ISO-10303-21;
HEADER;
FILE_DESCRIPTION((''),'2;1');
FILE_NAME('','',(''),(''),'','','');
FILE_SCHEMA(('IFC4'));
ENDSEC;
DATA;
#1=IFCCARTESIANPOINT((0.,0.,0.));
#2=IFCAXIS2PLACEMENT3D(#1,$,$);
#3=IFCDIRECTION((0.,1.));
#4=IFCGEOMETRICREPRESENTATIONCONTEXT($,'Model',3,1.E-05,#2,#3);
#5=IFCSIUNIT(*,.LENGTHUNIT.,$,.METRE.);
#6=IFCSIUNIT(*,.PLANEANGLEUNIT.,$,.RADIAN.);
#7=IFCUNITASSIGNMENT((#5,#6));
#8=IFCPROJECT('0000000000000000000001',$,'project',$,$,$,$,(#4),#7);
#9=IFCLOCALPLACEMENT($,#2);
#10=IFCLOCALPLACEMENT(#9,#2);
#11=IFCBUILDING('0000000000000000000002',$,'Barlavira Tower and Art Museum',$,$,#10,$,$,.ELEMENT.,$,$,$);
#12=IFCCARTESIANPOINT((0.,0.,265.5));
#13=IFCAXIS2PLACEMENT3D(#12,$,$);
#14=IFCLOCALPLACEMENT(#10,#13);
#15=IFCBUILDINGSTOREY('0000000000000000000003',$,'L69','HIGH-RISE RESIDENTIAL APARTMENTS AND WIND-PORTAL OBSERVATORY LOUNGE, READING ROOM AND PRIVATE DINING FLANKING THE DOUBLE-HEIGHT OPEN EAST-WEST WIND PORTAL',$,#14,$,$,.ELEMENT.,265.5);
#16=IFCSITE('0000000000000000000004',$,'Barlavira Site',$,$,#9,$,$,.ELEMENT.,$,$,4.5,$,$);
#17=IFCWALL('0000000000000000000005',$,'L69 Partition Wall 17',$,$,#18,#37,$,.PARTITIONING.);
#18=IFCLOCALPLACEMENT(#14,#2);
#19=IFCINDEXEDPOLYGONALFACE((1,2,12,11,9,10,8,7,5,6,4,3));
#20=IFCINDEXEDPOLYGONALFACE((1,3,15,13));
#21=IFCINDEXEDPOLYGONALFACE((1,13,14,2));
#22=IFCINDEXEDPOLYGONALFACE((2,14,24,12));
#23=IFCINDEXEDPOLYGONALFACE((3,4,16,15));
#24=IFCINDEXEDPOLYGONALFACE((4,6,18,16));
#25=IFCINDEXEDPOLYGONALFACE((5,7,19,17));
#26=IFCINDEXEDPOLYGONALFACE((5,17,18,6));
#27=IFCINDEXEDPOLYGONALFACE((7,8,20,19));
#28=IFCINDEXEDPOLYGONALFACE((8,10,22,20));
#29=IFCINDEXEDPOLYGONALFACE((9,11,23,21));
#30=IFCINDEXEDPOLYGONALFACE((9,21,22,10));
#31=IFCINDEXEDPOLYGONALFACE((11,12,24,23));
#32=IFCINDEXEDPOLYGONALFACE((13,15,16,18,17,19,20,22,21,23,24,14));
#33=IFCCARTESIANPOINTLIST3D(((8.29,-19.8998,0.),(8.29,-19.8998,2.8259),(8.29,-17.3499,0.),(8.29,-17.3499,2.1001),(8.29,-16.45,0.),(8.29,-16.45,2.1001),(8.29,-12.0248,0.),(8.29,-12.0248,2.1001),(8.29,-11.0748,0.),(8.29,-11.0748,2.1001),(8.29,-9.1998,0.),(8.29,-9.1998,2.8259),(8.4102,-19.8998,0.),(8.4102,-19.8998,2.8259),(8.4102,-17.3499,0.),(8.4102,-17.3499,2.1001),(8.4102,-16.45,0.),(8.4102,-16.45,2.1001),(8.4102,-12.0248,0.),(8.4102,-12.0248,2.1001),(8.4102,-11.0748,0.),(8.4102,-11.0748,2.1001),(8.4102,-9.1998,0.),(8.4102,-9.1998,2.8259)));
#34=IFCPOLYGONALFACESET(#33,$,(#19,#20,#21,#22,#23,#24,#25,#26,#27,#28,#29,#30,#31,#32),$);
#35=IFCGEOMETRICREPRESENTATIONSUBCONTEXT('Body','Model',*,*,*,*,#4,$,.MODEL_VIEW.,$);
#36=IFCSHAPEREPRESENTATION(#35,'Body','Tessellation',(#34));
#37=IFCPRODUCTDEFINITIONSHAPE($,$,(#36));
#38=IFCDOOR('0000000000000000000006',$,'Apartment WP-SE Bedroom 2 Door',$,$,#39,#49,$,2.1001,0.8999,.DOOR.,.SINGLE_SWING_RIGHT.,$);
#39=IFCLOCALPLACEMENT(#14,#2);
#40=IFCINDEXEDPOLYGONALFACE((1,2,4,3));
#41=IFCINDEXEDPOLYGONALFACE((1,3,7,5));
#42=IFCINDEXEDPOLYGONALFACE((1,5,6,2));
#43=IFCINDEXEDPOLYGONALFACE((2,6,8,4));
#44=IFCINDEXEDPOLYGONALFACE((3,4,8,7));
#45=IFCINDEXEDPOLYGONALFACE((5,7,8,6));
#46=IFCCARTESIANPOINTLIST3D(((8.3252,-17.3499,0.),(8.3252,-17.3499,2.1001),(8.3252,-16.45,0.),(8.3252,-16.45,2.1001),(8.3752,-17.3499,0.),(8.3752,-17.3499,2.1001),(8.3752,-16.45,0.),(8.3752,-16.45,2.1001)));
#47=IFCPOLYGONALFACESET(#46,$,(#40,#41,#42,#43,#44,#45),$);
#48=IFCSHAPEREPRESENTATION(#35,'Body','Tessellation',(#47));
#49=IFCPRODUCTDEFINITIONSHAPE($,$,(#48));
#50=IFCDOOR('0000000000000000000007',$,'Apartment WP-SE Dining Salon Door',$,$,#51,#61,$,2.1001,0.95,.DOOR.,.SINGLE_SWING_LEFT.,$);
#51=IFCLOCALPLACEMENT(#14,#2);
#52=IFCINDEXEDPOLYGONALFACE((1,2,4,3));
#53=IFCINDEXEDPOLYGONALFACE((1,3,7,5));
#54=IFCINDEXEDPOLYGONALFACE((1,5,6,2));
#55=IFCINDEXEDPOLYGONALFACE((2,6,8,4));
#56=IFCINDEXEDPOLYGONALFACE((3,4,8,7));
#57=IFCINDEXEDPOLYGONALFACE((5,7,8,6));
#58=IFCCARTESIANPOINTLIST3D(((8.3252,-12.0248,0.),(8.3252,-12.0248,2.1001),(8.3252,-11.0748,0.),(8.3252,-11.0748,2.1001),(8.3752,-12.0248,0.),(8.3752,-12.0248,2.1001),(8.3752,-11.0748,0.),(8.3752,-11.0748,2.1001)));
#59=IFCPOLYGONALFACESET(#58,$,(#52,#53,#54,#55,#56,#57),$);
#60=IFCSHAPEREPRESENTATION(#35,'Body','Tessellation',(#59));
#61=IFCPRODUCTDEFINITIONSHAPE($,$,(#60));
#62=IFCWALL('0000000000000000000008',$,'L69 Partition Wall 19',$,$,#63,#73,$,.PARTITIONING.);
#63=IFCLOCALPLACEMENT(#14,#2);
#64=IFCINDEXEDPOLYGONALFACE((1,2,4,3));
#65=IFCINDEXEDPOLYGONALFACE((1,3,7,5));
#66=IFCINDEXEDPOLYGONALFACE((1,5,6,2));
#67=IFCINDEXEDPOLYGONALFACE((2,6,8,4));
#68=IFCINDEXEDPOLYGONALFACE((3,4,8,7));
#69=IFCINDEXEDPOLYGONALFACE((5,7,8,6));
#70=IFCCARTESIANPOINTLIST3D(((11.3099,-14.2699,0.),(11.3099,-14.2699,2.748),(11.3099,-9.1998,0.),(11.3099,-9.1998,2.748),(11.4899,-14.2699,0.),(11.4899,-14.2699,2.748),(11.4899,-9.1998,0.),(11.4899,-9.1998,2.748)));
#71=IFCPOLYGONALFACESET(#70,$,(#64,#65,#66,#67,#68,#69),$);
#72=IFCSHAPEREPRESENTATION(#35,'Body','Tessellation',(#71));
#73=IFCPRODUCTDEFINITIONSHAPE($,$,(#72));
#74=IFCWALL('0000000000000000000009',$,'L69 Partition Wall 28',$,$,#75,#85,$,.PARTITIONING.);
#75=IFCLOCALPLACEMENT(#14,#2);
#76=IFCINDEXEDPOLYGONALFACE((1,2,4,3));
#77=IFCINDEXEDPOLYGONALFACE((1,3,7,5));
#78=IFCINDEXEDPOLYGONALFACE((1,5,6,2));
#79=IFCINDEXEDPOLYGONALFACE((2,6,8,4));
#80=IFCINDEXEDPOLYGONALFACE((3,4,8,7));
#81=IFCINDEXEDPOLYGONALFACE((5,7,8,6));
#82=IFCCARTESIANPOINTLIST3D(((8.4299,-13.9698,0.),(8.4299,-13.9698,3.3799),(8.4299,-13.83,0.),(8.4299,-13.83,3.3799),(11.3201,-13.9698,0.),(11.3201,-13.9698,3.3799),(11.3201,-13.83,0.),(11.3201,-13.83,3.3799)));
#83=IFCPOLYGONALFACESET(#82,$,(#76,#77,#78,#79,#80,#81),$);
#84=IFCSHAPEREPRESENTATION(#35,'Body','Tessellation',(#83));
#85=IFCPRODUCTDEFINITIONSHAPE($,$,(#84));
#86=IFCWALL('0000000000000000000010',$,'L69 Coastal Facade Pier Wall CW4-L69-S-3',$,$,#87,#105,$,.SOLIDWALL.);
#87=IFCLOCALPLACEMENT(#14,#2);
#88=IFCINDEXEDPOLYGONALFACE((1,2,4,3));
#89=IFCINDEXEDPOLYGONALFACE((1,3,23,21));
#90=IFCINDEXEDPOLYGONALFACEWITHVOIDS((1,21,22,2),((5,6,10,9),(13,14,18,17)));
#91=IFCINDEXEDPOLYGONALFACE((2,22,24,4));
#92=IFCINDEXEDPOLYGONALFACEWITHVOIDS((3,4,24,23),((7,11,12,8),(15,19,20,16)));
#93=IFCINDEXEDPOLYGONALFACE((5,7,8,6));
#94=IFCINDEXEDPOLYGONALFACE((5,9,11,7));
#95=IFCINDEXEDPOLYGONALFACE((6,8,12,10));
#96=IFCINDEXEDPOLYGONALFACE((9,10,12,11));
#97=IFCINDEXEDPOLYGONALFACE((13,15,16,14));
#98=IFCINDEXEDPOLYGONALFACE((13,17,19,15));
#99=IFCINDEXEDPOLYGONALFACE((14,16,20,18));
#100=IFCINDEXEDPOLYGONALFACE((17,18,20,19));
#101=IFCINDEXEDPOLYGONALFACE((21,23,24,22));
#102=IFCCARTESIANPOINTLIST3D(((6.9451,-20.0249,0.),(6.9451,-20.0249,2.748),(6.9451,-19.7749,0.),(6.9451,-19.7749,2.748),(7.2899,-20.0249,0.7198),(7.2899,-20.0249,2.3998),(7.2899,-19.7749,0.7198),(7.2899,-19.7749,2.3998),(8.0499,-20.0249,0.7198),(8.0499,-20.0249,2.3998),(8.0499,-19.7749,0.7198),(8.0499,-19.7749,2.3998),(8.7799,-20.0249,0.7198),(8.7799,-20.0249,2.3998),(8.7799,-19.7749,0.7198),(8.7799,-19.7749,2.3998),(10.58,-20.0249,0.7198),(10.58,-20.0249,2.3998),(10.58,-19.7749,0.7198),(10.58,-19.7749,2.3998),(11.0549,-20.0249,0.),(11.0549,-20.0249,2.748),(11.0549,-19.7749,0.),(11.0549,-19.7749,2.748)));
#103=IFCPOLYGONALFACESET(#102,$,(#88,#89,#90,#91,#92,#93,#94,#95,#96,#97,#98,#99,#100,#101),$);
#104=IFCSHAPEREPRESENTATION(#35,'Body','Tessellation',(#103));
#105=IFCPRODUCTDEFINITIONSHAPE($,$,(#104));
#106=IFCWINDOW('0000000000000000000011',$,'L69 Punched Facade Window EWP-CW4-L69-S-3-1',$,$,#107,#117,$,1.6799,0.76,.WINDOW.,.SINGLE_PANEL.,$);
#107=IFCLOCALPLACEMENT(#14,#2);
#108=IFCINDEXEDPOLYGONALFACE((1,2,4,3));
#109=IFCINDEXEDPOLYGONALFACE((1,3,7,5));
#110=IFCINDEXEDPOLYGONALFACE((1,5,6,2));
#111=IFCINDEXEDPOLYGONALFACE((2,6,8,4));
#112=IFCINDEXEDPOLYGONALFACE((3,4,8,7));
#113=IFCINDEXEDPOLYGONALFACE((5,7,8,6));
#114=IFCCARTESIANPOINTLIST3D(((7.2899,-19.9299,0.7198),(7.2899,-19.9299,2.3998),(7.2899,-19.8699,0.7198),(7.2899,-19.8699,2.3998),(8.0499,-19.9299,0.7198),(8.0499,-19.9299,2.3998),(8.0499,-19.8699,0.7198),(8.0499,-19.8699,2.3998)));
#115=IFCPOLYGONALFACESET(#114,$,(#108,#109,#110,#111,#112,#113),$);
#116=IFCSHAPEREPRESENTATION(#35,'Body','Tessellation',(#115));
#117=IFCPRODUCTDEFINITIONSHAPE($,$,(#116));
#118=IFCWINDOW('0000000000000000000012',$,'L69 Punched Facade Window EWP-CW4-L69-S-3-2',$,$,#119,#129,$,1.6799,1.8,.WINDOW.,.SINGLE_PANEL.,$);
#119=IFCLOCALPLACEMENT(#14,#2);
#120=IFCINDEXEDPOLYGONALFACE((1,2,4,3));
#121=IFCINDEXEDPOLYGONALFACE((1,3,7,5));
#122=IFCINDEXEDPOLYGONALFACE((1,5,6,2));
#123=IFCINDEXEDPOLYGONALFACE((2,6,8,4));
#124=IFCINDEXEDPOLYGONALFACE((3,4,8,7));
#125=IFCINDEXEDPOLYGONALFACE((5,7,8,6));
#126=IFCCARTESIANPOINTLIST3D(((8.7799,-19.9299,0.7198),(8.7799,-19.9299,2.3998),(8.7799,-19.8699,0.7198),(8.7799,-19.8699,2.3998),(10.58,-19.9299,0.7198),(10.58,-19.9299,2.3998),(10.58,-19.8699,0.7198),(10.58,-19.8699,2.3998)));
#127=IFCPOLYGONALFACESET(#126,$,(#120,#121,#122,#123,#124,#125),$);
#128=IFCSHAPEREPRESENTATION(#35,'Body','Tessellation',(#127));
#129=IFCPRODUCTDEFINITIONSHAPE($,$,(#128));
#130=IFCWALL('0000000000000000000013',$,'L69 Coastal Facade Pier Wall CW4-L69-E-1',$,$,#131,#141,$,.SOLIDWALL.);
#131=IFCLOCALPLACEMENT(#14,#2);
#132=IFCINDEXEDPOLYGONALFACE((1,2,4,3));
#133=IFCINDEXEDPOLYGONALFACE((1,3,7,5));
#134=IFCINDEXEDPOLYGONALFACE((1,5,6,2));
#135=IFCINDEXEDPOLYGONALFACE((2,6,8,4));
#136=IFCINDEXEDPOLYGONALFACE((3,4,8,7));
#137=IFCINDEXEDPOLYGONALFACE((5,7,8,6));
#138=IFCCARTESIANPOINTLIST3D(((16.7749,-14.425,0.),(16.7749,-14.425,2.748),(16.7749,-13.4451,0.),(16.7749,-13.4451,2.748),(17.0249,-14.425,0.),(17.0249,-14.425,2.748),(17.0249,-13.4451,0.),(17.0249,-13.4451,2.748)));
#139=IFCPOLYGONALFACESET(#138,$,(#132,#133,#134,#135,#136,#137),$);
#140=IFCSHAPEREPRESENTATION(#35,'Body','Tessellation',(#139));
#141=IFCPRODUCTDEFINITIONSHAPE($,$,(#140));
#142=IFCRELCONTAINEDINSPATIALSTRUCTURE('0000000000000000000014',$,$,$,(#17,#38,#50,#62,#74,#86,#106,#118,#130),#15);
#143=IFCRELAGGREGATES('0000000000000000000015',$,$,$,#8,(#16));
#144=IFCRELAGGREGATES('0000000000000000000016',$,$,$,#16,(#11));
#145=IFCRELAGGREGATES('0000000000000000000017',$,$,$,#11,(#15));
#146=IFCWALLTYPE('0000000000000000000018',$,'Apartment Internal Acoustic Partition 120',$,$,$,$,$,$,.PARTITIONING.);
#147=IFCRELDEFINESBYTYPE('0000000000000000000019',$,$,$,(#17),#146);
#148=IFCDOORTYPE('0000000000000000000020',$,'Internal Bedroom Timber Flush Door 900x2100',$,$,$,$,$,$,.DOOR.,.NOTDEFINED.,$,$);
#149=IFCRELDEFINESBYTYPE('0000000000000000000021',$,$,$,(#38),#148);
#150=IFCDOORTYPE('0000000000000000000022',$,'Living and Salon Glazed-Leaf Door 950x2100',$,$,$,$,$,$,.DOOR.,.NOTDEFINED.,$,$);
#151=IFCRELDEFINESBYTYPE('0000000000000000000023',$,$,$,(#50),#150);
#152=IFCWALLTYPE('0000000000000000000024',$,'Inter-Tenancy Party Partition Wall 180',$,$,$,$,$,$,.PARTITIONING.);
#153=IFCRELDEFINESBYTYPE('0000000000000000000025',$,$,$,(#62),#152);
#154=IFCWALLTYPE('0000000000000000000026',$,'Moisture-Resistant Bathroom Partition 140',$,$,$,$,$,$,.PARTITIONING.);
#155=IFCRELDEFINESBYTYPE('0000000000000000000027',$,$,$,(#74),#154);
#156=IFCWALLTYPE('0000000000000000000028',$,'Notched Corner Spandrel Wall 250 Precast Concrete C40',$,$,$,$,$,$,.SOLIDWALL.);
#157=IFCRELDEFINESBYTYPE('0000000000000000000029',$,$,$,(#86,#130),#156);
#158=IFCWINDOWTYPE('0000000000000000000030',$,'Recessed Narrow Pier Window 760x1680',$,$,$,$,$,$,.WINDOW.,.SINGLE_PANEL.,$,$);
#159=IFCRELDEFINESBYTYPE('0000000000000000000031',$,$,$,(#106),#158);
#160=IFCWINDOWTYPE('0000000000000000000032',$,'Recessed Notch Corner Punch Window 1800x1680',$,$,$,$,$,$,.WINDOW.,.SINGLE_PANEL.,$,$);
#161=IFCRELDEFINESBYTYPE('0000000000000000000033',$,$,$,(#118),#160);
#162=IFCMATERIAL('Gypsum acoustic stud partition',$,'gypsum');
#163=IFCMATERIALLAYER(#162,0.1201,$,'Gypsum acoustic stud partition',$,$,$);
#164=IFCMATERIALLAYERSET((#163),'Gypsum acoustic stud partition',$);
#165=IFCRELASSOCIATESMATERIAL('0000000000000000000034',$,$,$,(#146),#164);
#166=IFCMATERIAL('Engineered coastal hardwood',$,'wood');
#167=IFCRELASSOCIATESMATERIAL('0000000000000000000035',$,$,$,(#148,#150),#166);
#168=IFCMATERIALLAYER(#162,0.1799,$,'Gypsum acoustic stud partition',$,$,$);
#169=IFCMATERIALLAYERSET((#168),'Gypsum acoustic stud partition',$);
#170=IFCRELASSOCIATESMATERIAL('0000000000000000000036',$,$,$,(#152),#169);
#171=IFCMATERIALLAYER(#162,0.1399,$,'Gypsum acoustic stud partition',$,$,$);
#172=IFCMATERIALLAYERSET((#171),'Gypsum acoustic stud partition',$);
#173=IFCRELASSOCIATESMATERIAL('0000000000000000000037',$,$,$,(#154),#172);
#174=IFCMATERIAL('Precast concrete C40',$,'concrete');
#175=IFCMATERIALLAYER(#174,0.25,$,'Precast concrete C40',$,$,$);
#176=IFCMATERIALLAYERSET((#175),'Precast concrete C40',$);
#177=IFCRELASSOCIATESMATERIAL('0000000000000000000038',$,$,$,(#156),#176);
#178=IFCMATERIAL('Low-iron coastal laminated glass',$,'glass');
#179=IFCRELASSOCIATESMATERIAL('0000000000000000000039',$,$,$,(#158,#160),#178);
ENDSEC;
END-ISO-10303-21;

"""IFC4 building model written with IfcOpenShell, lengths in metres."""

from ifc_helpers import new_model, si_unit, direction, frame, frame_2d, origin, place, context, subcontext, project, spatial, rectangle, extrude, material, layer, layer_set, type_object, element, fill, save


model = new_model("IFC4")

# Units and contexts
model_context = context("Model", 3, precision=1e-05, world=origin(), true_north=direction((0.0, 1.0)))
body_context = subcontext(model_context, "Body", "Model", "MODEL_VIEW")
ifc_project = project(units=[si_unit("LENGTHUNIT", "METRE"), si_unit("PLANEANGLEUNIT", "RADIAN")], contexts=[model_context])

# Site, building, storey
site_placement = place(None, origin())
site = spatial("IfcSite", under=ifc_project, at=site_placement, Name="Barlavira Site", CompositionType="ELEMENT", RefElevation=4.5)
building_placement = place(site_placement, origin())
building = spatial("IfcBuilding", under=site, at=building_placement, Name="Barlavira Tower and Art Museum", CompositionType="ELEMENT")
storey_placement = place(building_placement, frame((0.0, 0.0, 265.5)))
storey = spatial("IfcBuildingStorey", under=building, at=storey_placement, Name="L69", Description="HIGH-RISE RESIDENTIAL APARTMENTS AND WIND-PORTAL OBSERVATORY LOUNGE, READING ROOM AND PRIVATE DINING FLANKING THE DOUBLE-HEIGHT OPEN EAST-WEST WIND PORTAL", CompositionType="ELEMENT", Elevation=265.5)

# Wall, openings, doors
ifc_material_1 = material(Name="Gypsum acoustic stud partition", Category="gypsum")
ifc_layer_1 = layer(ifc_material_1, 0.1201, Name="Gypsum acoustic stud partition")
ifc_layer_set_1 = layer_set([ifc_layer_1], Name="Gypsum acoustic stud partition")
wall_type_1 = type_object("IfcWallType", Name="Apartment Internal Acoustic Partition 120", PredefinedType="PARTITIONING", material=ifc_layer_set_1)
wall_1_placement = place(storey_placement, frame((8.3501, -19.8999, 0.0), z_axis=(0.0, 0.0, 1.0), x_axis=(0.0, 1.0, 0.0)))
wall_1 = element("IfcWall", 1, at=wall_1_placement, inside=storey, type_object=wall_type_1, Name="L69 Partition Wall 17", PredefinedType="PARTITIONING", context=body_context, shape_type="SweptSolid", body=[
    extrude(rectangle(XDim=10.7, YDim=0.1201, at=frame_2d((5.3501, 0.0))), origin(), (0.0, 0.0, 1.0), 2.8259),
])
opening_1_placement = place(wall_1_placement, frame((7.875, 0.0, 0.0)))
opening_1 = element("IfcOpeningElement", 2, at=opening_1_placement, cuts=wall_1, PredefinedType="OPENING", context=body_context, shape_type="SweptSolid", body=[
    extrude(rectangle(XDim=0.95, YDim=2.1001, at=frame_2d((0.4751, 1.05))), frame((0.0, 0.0701, 0.0), z_axis=(0.0, -1.0, 0.0), x_axis=(1.0, 0.0, 0.0)), (0.0, 0.0, 1.0), 0.1401),
])
opening_2_placement = place(wall_1_placement, frame((2.55, 0.0, 0.0)))
opening_2 = element("IfcOpeningElement", 3, at=opening_2_placement, cuts=wall_1, PredefinedType="OPENING", context=body_context, shape_type="SweptSolid", body=[
    extrude(rectangle(XDim=0.8999, YDim=2.1001, at=frame_2d((0.45, 1.05))), frame((0.0, 0.0701, 0.0), z_axis=(0.0, -1.0, 0.0), x_axis=(1.0, 0.0, 0.0)), (0.0, 0.0, 1.0), 0.1401),
])
ifc_material_2 = material(Name="Engineered coastal hardwood", Category="wood")
door_type_1 = type_object("IfcDoorType", Name="Internal Bedroom Timber Flush Door 900x2100", OperationType="NOTDEFINED", PredefinedType="DOOR", material=ifc_material_2)
door_1_placement = place(opening_2_placement, origin())
door_1 = element("IfcDoor", 4, at=door_1_placement, inside=storey, type_object=door_type_1, Name="Apartment WP-SE Bedroom 2 Door", OperationType="SINGLE_SWING_RIGHT", OverallHeight=2.1001, OverallWidth=0.8999, PredefinedType="DOOR", context=body_context, shape_type="SweptSolid", body=[
    extrude(rectangle(XDim=0.8999, YDim=2.1001, at=frame_2d((0.45, 1.05))), frame((0.0, 0.0249, 0.0), z_axis=(0.0, -1.0, 0.0), x_axis=(1.0, 0.0, 0.0)), (0.0, 0.0, 1.0), 0.05),
])
fill(opening_2, door_1)
door_type_2 = type_object("IfcDoorType", Name="Living and Salon Glazed-Leaf Door 950x2100", OperationType="NOTDEFINED", PredefinedType="DOOR", material=ifc_material_2)
door_2_placement = place(opening_1_placement, origin())
door_2 = element("IfcDoor", 5, at=door_2_placement, inside=storey, type_object=door_type_2, Name="Apartment WP-SE Dining Salon Door", OperationType="SINGLE_SWING_LEFT", OverallHeight=2.1001, OverallWidth=0.95, PredefinedType="DOOR", context=body_context, shape_type="SweptSolid", body=[
    extrude(rectangle(XDim=0.95, YDim=2.1001, at=frame_2d((0.4751, 1.05))), frame((0.0, 0.0249, 0.0), z_axis=(0.0, -1.0, 0.0), x_axis=(1.0, 0.0, 0.0)), (0.0, 0.0, 1.0), 0.05),
])
fill(opening_1, door_2)

# Walls
ifc_layer_2 = layer(ifc_material_1, 0.1799, Name="Gypsum acoustic stud partition")
ifc_layer_set_2 = layer_set([ifc_layer_2], Name="Gypsum acoustic stud partition")
wall_type_2 = type_object("IfcWallType", Name="Inter-Tenancy Party Partition Wall 180", PredefinedType="PARTITIONING", material=ifc_layer_set_2)
wall_2_placement = place(storey_placement, frame((11.3999, -14.27, 0.0), z_axis=(0.0, 0.0, 1.0), x_axis=(0.0, 1.0, 0.0)))
element("IfcWall", 6, at=wall_2_placement, inside=storey, type_object=wall_type_2, Name="L69 Partition Wall 19", PredefinedType="PARTITIONING", context=body_context, shape_type="SweptSolid", body=[
    extrude(rectangle(XDim=5.0701, YDim=0.1799, at=frame_2d((2.5352, 0.0))), origin(), (0.0, 0.0, 1.0), 2.748),
])
ifc_layer_3 = layer(ifc_material_1, 0.1399, Name="Gypsum acoustic stud partition")
ifc_layer_set_3 = layer_set([ifc_layer_3], Name="Gypsum acoustic stud partition")
wall_type_3 = type_object("IfcWallType", Name="Moisture-Resistant Bathroom Partition 140", PredefinedType="PARTITIONING", material=ifc_layer_set_3)
wall_3_placement = place(storey_placement, frame((8.4299, -13.8999, 0.0), z_axis=(0.0, 0.0, 1.0), x_axis=(1.0, 0.0, 0.0)))
element("IfcWall", 7, at=wall_3_placement, inside=storey, type_object=wall_type_3, Name="L69 Partition Wall 28", PredefinedType="PARTITIONING", context=body_context, shape_type="SweptSolid", body=[
    extrude(rectangle(XDim=2.8901, YDim=0.1399, at=frame_2d((1.4451, 0.0))), origin(), (0.0, 0.0, 1.0), 3.3799),
])

# Wall, openings, windows
ifc_material_3 = material(Name="Precast concrete C40", Category="concrete")
ifc_layer_4 = layer(ifc_material_3, 0.25, Name="Precast concrete C40")
ifc_layer_set_4 = layer_set([ifc_layer_4], Name="Precast concrete C40")
wall_type_4 = type_object("IfcWallType", Name="Notched Corner Spandrel Wall 250 Precast Concrete C40", PredefinedType="SOLIDWALL", material=ifc_layer_set_4)
wall_4_placement = place(storey_placement, frame((6.9451, -19.8999, 0.0), z_axis=(0.0, 0.0, 1.0), x_axis=(1.0, 0.0, 0.0)))
wall_4 = element("IfcWall", 8, at=wall_4_placement, inside=storey, type_object=wall_type_4, Name="L69 Coastal Facade Pier Wall CW4-L69-S-3", PredefinedType="SOLIDWALL", context=body_context, shape_type="SweptSolid", body=[
    extrude(rectangle(XDim=4.1099, YDim=0.25, at=frame_2d((2.0549, 0.0))), origin(), (0.0, 0.0, 1.0), 2.748),
])
opening_3_placement = place(wall_4_placement, frame((0.345, 0.0, 0.72)))
opening_3 = element("IfcOpeningElement", 9, at=opening_3_placement, cuts=wall_4, PredefinedType="OPENING", context=body_context, shape_type="SweptSolid", body=[
    extrude(rectangle(XDim=0.76, YDim=1.6799, at=frame_2d((0.3799, 0.8398))), frame((0.0, 0.135, 0.0), z_axis=(0.0, -1.0, 0.0), x_axis=(1.0, 0.0, 0.0)), (0.0, 0.0, 1.0), 0.27),
])
opening_4_placement = place(wall_4_placement, frame((1.835, 0.0, 0.72)))
opening_4 = element("IfcOpeningElement", 10, at=opening_4_placement, cuts=wall_4, PredefinedType="OPENING", context=body_context, shape_type="SweptSolid", body=[
    extrude(rectangle(XDim=1.8, YDim=1.6799, at=frame_2d((0.8999, 0.8398))), frame((0.0, 0.135, 0.0), z_axis=(0.0, -1.0, 0.0), x_axis=(1.0, 0.0, 0.0)), (0.0, 0.0, 1.0), 0.27),
])
ifc_material_4 = material(Name="Low-iron coastal laminated glass", Category="glass")
window_type_1 = type_object("IfcWindowType", Name="Recessed Narrow Pier Window 760x1680", PartitioningType="SINGLE_PANEL", PredefinedType="WINDOW", material=ifc_material_4)
window_1_placement = place(opening_3_placement, origin())
window_1 = element("IfcWindow", 11, at=window_1_placement, inside=storey, type_object=window_type_1, Name="L69 Punched Facade Window EWP-CW4-L69-S-3-1", OverallHeight=1.6799, OverallWidth=0.76, PartitioningType="SINGLE_PANEL", PredefinedType="WINDOW", context=body_context, shape_type="SweptSolid", body=[
    extrude(rectangle(XDim=0.76, YDim=1.6799, at=frame_2d((0.3799, 0.8398))), frame((0.0, 0.03, 0.0), z_axis=(0.0, -1.0, 0.0), x_axis=(1.0, 0.0, 0.0)), (0.0, 0.0, 1.0), 0.0601),
])
fill(opening_3, window_1)
window_type_2 = type_object("IfcWindowType", Name="Recessed Notch Corner Punch Window 1800x1680", PartitioningType="SINGLE_PANEL", PredefinedType="WINDOW", material=ifc_material_4)
window_2_placement = place(opening_4_placement, origin())
window_2 = element("IfcWindow", 12, at=window_2_placement, inside=storey, type_object=window_type_2, Name="L69 Punched Facade Window EWP-CW4-L69-S-3-2", OverallHeight=1.6799, OverallWidth=1.8, PartitioningType="SINGLE_PANEL", PredefinedType="WINDOW", context=body_context, shape_type="SweptSolid", body=[
    extrude(rectangle(XDim=1.8, YDim=1.6799, at=frame_2d((0.8999, 0.8398))), frame((0.0, 0.03, 0.0), z_axis=(0.0, -1.0, 0.0), x_axis=(1.0, 0.0, 0.0)), (0.0, 0.0, 1.0), 0.0601),
])
fill(opening_4, window_2)

# Wall
wall_5_placement = place(storey_placement, frame((16.8999, -14.425, 0.0), z_axis=(0.0, 0.0, 1.0), x_axis=(0.0, 1.0, 0.0)))
element("IfcWall", 13, at=wall_5_placement, inside=storey, type_object=wall_type_4, Name="L69 Coastal Facade Pier Wall CW4-L69-E-1", PredefinedType="SOLIDWALL", context=body_context, shape_type="SweptSolid", body=[
    extrude(rectangle(XDim=0.98, YDim=0.25, at=frame_2d((0.49, 0.0))), origin(), (0.0, 0.0, 1.0), 2.748),
])

save(model, "model.ifc")
